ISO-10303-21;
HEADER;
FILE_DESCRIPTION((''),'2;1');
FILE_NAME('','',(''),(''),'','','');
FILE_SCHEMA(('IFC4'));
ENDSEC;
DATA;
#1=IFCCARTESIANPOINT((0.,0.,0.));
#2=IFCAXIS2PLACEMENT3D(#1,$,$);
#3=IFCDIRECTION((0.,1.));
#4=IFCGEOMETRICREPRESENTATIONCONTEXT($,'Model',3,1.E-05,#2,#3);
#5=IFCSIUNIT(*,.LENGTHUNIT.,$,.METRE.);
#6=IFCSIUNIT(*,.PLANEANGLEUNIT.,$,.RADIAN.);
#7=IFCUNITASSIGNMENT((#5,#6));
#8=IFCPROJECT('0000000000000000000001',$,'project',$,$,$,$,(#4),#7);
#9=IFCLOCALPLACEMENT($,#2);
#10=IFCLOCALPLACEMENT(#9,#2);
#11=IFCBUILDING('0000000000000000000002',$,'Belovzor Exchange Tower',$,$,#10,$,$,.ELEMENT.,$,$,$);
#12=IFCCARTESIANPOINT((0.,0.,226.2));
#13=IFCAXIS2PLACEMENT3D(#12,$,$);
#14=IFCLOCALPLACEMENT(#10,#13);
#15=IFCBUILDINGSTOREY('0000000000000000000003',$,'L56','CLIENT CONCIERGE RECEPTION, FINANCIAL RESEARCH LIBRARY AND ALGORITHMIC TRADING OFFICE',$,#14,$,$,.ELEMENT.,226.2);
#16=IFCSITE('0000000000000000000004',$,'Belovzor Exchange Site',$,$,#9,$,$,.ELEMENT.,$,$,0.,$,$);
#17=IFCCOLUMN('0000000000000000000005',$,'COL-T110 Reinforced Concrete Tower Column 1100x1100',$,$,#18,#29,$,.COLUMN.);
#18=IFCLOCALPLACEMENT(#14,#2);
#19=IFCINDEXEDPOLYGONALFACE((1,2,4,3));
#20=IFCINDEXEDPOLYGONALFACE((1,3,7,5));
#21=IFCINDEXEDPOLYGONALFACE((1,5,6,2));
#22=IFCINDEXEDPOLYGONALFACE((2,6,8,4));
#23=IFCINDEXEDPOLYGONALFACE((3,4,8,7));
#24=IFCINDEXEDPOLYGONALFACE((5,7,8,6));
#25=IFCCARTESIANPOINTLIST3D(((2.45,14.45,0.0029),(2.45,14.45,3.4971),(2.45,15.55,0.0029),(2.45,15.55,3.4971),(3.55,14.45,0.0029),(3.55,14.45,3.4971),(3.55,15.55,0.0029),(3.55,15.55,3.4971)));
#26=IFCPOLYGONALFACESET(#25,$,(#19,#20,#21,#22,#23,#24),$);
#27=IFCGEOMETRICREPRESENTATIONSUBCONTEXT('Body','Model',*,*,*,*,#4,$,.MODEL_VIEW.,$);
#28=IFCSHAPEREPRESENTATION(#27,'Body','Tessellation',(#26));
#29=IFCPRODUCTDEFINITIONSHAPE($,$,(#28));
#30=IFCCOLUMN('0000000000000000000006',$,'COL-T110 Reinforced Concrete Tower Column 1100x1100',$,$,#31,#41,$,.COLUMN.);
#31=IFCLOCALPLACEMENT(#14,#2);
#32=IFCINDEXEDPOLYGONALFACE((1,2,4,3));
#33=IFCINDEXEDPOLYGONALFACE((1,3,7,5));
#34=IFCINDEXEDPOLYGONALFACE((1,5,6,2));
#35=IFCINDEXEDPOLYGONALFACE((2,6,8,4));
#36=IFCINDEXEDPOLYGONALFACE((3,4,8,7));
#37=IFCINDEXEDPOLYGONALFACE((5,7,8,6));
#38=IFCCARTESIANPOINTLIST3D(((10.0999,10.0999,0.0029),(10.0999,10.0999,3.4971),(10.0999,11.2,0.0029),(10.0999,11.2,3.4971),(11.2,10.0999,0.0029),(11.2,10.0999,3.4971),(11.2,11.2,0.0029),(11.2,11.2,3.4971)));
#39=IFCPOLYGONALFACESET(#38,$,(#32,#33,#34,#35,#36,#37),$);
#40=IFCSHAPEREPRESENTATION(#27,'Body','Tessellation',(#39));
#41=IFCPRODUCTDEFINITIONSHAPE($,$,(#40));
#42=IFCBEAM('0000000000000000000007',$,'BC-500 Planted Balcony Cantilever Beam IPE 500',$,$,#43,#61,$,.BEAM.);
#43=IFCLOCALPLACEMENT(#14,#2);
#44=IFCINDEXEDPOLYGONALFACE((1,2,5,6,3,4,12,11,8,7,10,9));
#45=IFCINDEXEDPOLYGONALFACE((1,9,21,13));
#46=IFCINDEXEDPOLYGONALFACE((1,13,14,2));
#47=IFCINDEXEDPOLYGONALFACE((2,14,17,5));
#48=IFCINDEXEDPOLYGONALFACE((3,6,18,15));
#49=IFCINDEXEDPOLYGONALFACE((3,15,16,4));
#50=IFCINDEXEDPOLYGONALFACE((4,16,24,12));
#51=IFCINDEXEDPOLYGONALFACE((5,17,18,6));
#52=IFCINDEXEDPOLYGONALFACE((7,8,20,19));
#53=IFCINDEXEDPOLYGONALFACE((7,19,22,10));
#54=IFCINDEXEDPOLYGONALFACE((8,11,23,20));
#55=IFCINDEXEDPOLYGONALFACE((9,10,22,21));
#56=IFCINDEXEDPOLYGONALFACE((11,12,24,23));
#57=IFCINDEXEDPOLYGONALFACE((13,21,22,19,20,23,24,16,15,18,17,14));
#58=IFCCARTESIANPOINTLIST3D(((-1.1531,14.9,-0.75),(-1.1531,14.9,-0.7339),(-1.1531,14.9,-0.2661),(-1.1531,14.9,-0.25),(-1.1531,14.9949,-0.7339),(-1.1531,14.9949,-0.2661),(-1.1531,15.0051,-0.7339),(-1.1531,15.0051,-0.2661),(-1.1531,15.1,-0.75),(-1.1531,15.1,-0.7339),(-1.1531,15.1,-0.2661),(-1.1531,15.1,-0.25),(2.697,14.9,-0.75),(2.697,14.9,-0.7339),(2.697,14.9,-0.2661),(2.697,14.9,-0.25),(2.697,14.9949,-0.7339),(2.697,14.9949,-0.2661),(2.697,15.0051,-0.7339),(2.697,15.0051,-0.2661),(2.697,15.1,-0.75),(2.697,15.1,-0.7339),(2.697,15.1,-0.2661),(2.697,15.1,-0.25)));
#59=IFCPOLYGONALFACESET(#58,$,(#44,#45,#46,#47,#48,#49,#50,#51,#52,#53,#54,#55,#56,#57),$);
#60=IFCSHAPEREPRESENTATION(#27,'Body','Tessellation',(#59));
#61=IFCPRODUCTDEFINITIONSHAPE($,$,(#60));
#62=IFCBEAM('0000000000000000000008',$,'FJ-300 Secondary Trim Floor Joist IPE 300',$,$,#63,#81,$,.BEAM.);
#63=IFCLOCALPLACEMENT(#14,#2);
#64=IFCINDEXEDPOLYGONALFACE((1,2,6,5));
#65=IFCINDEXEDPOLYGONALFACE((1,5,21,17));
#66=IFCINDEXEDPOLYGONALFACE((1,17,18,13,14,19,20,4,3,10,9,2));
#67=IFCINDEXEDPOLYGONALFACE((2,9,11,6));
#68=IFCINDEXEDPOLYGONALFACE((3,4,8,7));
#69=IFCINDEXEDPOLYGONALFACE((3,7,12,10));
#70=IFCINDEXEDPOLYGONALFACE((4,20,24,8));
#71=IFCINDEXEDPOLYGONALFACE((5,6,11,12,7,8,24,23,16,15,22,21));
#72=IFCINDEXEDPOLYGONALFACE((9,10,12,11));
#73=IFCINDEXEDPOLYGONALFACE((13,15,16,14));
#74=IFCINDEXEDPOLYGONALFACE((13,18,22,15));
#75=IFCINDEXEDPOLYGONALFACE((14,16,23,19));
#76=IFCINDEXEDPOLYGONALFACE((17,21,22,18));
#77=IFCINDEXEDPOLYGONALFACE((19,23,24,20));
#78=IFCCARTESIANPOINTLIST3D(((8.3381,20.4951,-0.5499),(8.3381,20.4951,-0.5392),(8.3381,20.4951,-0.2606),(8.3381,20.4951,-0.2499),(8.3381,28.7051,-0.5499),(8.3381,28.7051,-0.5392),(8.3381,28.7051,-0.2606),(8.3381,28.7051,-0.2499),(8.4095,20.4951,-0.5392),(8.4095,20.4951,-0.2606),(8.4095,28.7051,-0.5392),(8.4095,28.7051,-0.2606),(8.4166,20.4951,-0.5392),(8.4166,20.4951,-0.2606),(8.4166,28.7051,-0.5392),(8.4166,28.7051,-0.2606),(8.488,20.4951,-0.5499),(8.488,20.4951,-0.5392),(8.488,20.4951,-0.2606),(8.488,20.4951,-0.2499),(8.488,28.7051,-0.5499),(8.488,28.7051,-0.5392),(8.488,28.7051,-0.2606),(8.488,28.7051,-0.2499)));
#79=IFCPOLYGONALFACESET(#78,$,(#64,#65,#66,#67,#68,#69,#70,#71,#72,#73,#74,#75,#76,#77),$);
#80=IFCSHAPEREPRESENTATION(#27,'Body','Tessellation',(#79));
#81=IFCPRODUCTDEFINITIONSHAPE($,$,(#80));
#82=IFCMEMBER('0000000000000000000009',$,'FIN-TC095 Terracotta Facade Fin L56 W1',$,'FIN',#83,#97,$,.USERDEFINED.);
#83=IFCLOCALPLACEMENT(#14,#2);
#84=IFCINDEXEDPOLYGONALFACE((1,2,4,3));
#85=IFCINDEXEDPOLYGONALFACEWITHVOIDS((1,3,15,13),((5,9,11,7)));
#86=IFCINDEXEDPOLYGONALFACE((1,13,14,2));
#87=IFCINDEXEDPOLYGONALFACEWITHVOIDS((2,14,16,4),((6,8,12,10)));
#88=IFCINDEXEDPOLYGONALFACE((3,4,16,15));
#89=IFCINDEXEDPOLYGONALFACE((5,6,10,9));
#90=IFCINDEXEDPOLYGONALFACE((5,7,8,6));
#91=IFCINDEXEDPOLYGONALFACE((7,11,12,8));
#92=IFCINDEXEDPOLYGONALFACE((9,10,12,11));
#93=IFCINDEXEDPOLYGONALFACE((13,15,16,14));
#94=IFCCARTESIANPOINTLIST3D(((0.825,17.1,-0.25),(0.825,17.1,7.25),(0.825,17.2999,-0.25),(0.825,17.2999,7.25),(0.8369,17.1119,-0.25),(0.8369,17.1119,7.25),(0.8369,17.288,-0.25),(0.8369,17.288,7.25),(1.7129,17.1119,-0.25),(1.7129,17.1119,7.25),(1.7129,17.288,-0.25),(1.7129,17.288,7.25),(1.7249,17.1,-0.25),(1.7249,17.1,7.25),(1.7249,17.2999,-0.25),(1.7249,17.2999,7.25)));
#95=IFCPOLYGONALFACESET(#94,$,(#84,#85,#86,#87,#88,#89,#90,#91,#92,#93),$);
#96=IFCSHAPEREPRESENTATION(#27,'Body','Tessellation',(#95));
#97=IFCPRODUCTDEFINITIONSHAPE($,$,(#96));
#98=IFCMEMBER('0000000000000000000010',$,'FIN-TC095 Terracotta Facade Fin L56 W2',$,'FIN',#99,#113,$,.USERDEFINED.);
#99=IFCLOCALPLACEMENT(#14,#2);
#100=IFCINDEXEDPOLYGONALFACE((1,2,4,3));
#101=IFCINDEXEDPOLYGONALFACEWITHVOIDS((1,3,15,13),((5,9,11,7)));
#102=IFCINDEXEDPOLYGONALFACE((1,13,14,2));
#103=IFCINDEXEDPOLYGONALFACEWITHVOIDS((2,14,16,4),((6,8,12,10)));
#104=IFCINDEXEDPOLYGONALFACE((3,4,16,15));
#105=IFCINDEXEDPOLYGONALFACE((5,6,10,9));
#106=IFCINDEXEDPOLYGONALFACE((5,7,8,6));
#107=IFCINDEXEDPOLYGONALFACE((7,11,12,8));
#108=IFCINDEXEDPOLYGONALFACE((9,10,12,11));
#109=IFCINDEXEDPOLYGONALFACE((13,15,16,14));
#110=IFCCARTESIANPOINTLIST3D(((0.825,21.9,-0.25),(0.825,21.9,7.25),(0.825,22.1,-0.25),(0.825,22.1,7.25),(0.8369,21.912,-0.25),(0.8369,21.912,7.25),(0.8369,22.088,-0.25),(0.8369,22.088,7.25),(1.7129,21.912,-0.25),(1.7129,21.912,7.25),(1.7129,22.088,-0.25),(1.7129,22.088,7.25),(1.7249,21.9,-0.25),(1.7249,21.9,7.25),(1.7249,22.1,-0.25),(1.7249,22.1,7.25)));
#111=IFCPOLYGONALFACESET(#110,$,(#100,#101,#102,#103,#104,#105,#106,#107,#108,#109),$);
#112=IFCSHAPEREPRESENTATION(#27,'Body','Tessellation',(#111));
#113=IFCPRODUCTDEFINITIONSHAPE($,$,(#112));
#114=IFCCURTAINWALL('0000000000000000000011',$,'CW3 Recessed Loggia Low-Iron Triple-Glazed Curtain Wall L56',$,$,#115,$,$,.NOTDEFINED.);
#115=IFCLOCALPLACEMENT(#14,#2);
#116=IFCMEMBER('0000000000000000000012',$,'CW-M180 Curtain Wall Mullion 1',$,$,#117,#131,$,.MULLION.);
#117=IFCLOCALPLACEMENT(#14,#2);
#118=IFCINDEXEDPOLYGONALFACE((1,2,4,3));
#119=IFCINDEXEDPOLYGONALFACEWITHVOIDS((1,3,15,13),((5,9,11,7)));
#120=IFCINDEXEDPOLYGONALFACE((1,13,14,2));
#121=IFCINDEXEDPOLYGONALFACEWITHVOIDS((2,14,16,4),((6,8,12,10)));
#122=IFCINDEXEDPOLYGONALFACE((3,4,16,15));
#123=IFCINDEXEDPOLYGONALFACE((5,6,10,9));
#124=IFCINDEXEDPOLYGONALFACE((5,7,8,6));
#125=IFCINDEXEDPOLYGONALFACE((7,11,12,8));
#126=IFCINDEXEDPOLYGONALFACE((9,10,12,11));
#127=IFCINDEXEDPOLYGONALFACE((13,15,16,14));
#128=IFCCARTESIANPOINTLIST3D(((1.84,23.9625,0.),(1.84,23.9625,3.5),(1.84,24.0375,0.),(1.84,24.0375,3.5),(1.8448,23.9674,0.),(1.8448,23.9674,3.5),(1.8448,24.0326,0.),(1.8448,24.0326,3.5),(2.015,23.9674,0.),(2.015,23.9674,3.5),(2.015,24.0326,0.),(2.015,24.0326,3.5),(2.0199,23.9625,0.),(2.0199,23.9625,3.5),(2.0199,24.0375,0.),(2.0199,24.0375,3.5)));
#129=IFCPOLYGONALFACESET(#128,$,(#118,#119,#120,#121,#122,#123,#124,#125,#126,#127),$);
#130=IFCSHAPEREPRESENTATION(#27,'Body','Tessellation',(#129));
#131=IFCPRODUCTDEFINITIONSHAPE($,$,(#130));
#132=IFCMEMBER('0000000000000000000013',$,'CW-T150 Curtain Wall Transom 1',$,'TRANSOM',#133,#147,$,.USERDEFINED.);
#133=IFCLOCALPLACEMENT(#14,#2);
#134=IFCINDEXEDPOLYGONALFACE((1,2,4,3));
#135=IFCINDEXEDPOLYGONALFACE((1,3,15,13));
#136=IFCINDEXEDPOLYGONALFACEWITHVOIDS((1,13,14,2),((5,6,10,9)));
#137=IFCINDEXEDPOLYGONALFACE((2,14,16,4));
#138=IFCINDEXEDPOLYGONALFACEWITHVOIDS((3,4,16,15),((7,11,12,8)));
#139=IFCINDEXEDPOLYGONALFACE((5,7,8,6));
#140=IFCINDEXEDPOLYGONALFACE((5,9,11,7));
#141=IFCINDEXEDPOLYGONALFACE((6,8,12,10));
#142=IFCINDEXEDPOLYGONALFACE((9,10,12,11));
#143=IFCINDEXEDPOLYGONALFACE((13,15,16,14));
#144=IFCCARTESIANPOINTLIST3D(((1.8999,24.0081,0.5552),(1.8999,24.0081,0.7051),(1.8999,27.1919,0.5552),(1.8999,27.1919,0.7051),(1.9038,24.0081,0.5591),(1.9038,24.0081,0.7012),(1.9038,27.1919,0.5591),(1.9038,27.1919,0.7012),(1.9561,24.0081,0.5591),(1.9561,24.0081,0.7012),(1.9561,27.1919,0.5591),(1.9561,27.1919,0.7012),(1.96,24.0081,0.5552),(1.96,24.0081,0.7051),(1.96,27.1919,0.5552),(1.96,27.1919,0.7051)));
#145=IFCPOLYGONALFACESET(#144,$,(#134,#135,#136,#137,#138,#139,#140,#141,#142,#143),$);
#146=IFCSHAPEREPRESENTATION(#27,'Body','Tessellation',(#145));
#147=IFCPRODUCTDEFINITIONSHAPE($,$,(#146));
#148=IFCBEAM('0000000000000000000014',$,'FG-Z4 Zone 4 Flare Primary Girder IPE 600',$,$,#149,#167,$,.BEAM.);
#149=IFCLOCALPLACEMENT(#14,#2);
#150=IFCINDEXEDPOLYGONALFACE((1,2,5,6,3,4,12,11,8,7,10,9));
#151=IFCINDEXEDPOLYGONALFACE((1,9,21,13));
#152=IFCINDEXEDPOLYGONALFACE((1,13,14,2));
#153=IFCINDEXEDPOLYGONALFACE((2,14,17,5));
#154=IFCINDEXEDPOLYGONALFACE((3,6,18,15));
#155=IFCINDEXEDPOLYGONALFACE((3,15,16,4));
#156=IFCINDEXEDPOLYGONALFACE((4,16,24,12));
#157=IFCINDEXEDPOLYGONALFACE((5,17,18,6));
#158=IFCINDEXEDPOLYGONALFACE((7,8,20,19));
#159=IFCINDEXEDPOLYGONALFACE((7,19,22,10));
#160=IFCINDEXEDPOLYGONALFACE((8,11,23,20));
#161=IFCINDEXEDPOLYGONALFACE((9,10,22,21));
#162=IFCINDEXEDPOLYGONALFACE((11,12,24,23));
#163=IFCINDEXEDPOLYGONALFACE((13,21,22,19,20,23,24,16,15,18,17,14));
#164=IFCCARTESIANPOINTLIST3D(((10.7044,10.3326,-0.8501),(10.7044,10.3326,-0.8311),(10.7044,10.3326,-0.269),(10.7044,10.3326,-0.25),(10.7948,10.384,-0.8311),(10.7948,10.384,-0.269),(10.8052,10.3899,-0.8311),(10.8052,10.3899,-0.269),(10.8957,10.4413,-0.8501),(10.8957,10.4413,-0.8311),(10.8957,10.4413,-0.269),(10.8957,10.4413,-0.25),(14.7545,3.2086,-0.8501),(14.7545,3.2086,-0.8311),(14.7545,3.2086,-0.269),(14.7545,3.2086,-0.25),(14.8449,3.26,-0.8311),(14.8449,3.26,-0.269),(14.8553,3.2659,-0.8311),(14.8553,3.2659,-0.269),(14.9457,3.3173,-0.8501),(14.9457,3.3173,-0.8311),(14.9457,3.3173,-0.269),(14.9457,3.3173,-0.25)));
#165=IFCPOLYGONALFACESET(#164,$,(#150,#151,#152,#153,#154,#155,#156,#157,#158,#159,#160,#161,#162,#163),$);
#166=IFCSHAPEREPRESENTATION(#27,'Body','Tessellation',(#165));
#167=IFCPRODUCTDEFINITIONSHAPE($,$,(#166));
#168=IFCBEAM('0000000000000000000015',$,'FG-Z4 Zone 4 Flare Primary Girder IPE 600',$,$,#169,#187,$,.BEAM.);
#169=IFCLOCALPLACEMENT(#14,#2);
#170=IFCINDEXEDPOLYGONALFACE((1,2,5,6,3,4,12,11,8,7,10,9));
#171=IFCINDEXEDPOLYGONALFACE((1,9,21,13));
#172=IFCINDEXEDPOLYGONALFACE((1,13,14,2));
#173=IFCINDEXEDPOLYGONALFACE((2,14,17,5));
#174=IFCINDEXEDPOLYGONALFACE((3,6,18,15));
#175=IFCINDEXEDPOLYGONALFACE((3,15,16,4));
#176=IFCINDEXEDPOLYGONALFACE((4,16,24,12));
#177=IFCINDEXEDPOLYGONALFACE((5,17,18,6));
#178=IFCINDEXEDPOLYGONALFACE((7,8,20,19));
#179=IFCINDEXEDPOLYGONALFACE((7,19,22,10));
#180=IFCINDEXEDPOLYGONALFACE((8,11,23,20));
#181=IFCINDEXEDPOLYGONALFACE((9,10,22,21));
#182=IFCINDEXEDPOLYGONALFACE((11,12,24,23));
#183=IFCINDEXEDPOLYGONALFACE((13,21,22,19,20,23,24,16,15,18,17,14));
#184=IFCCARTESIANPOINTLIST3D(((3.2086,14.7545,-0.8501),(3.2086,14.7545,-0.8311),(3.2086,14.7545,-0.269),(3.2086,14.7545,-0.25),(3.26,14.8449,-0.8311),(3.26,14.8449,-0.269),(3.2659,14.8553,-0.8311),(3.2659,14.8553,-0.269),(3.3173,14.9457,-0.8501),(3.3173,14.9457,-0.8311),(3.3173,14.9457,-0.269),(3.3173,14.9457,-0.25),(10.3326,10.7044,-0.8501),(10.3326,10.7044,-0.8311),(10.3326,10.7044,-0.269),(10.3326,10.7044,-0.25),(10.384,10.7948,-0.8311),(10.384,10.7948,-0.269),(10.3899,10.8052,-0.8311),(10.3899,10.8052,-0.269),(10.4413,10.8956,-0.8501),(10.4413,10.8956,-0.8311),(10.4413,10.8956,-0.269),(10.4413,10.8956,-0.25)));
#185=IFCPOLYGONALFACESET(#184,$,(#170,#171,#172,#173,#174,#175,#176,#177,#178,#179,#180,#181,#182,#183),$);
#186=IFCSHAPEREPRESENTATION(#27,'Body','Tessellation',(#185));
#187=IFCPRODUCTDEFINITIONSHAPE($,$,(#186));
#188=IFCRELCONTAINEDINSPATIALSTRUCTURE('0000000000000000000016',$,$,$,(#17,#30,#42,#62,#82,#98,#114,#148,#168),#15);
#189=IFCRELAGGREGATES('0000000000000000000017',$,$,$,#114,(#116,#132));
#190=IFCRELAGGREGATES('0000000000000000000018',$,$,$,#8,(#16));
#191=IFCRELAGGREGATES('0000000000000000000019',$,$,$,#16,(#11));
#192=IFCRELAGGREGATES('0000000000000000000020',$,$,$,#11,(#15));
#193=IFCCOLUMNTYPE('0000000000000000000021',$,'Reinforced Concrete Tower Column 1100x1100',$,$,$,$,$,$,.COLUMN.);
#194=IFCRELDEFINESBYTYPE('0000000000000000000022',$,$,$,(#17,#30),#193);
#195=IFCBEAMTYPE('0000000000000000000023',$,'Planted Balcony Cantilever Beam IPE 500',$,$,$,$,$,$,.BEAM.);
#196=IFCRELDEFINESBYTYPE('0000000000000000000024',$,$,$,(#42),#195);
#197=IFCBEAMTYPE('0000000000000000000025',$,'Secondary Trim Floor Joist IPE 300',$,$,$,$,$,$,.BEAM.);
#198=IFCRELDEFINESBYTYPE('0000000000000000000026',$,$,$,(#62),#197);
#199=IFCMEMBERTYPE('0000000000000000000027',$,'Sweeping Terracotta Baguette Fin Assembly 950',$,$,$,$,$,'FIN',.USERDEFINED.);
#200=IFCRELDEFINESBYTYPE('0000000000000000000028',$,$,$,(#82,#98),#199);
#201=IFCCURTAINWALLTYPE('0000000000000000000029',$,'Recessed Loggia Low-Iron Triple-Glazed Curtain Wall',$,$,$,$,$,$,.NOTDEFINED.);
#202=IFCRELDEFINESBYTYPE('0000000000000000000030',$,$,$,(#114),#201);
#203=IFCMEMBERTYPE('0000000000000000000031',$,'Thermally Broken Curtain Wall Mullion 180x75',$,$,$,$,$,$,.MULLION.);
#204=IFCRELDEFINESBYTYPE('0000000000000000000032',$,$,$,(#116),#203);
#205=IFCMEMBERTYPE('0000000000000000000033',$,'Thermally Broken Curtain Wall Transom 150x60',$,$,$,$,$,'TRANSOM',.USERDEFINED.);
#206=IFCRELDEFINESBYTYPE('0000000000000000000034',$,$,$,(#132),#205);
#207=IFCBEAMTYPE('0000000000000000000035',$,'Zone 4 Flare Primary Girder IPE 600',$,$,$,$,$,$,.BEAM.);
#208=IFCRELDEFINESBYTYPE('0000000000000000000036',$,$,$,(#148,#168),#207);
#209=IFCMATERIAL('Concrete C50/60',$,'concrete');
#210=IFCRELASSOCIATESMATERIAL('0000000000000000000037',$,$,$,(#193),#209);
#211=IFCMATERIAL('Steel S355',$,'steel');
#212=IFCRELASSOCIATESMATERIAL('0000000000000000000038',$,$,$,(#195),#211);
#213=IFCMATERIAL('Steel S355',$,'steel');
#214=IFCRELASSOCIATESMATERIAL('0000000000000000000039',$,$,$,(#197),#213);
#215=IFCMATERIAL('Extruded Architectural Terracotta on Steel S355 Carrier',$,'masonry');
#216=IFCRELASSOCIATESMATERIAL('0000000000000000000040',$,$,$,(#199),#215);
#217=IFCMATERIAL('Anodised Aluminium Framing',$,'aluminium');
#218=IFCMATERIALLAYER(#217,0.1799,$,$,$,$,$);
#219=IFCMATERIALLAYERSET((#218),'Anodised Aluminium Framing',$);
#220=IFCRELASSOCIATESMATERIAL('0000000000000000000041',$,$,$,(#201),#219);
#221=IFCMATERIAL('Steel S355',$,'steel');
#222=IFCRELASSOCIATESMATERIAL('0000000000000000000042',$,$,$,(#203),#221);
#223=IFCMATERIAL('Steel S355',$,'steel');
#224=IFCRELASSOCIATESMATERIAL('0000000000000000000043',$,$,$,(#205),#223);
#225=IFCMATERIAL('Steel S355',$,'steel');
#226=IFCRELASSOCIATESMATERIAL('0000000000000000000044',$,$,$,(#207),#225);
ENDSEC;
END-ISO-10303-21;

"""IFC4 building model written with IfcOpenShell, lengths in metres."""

from ifc_helpers import new_model, si_unit, direction, frame, origin, origin_2d, place, context, subcontext, project, spatial, rectangle, hollow_rectangle, i_section, extrude, material, layer, layer_set, material_profile, profile_set, type_object, element, aggregate, save


model = new_model("IFC4")

# Units and contexts
model_context = context("Model", 3, precision=1e-05, world=origin(), true_north=direction((0.0, 1.0)))
body_context = subcontext(model_context, "Body", "Model", "MODEL_VIEW")
ifc_project = project(units=[si_unit("LENGTHUNIT", "METRE"), si_unit("PLANEANGLEUNIT", "RADIAN")], contexts=[model_context])

# Site, building, storey
site_placement = place(None, origin())
site = spatial("IfcSite", under=ifc_project, at=site_placement, Name="Belovzor Exchange Site", CompositionType="ELEMENT", RefElevation=0.0)
building_placement = place(site_placement, origin())
building = spatial("IfcBuilding", under=site, at=building_placement, Name="Belovzor Exchange Tower", CompositionType="ELEMENT")
storey_placement = place(building_placement, frame((0.0, 0.0, 226.2)))
storey = spatial("IfcBuildingStorey", under=building, at=storey_placement, Name="L56", Description="CLIENT CONCIERGE RECEPTION, FINANCIAL RESEARCH LIBRARY AND ALGORITHMIC TRADING OFFICE", CompositionType="ELEMENT", Elevation=226.2)

# Columns
ifc_material_1 = material(Name="Concrete C50/60", Category="concrete")
ifc_material_profile_1 = material_profile(ifc_material_1, rectangle(XDim=1.1001, YDim=1.1001, at=origin_2d()))
ifc_profile_set_1 = profile_set([ifc_material_profile_1], Name="Concrete C50/60")
column_type = type_object("IfcColumnType", Name="Reinforced Concrete Tower Column 1100x1100", PredefinedType="COLUMN", material=ifc_profile_set_1)
for number, where, z_axis, x_axis, name in (
    (1, (3.0, 15.0, 0.0029), (0.0, 0.0, 1.0), (1.0, 0.0, 0.0), "COL-T110 Reinforced Concrete Tower Column 1100x1100"),
    (2, (10.6499, 10.6499, 0.0029), (0.0, 0.0, 1.0), (1.0, 0.0, 0.0), "COL-T110 Reinforced Concrete Tower Column 1100x1100"),
):
    element("IfcColumn", number, at=place(storey_placement, frame(where, z_axis=z_axis, x_axis=x_axis)), inside=storey, type_object=column_type, Name=name, PredefinedType="COLUMN", context=body_context, shape_type="SweptSolid", body=[
        extrude(rectangle(XDim=1.1001, YDim=1.1001, at=origin_2d()), origin(), (0.0, 0.0, 1.0), 3.4941),
    ])

# Beams
ifc_material_2 = material(Name="Steel S355", Category="steel")
ifc_material_profile_2 = material_profile(ifc_material_2, i_section(OverallWidth=0.2, OverallDepth=0.5, WebThickness=0.0103, FlangeThickness=0.0161, at=origin_2d()))
ifc_profile_set_2 = profile_set([ifc_material_profile_2], Name="Steel S355")
beam_type_1 = type_object("IfcBeamType", Name="Planted Balcony Cantilever Beam IPE 500", PredefinedType="BEAM", material=ifc_profile_set_2)
beam_1_placement = place(storey_placement, frame((2.697, 15.0, -0.5), z_axis=(-1.0, 0.0, 0.0), x_axis=(0.0, -1.0, 0.0)))
element("IfcBeam", 3, at=beam_1_placement, inside=storey, type_object=beam_type_1, Name="BC-500 Planted Balcony Cantilever Beam IPE 500", PredefinedType="BEAM", context=body_context, shape_type="SweptSolid", body=[
    extrude(i_section(OverallWidth=0.2, OverallDepth=0.5, WebThickness=0.0103, FlangeThickness=0.0161, at=origin_2d()), origin(), (0.0, 0.0, 1.0), 3.8501),
])
ifc_material_3 = material(Name="Steel S355", Category="steel")
ifc_material_profile_3 = material_profile(ifc_material_3, i_section(OverallWidth=0.1499, OverallDepth=0.3, WebThickness=0.0071, FlangeThickness=0.0107, at=origin_2d()))
ifc_profile_set_3 = profile_set([ifc_material_profile_3], Name="Steel S355")
beam_type_2 = type_object("IfcBeamType", Name="Secondary Trim Floor Joist IPE 300", PredefinedType="BEAM", material=ifc_profile_set_3)
beam_2_placement = place(storey_placement, frame((8.4131, 20.4951, -0.3999), z_axis=(0.0, 1.0, 0.0), x_axis=(-1.0, 0.0, 0.0)))
element("IfcBeam", 4, at=beam_2_placement, inside=storey, type_object=beam_type_2, Name="FJ-300 Secondary Trim Floor Joist IPE 300", PredefinedType="BEAM", context=body_context, shape_type="SweptSolid", body=[
    extrude(i_section(OverallWidth=0.1499, OverallDepth=0.3, WebThickness=0.0071, FlangeThickness=0.0107, at=origin_2d()), origin(), (0.0, 0.0, 1.0), 8.21),
])

# Members
ifc_material_4 = material(Name="Extruded Architectural Terracotta on Steel S355 Carrier", Category="masonry")
ifc_material_profile_4 = material_profile(ifc_material_4, hollow_rectangle(XDim=0.2, YDim=0.8999, WallThickness=0.012, at=origin_2d()))
ifc_profile_set_4 = profile_set([ifc_material_profile_4], Name="Extruded Architectural Terracotta on Steel S355 Carrier")
member_type_1 = type_object("IfcMemberType", Name="Sweeping Terracotta Baguette Fin Assembly 950", ElementType="FIN", PredefinedType="USERDEFINED", material=ifc_profile_set_4)
for number, where, z_axis, x_axis, name in (
    (5, (1.2749, 17.2, -0.25), (0.0, 0.0, 1.0), (0.0, 1.0, 0.0), "FIN-TC095 Terracotta Facade Fin L56 W1"),
    (6, (1.2749, 22.0, -0.25), (0.0, 0.0, 1.0), (0.0, 1.0, 0.0), "FIN-TC095 Terracotta Facade Fin L56 W2"),
):
    element("IfcMember", number, at=place(storey_placement, frame(where, z_axis=z_axis, x_axis=x_axis)), inside=storey, type_object=member_type_1, Name=name, ObjectType="FIN", PredefinedType="USERDEFINED", context=body_context, shape_type="SweptSolid", body=[
        extrude(hollow_rectangle(XDim=0.2, YDim=0.8999, WallThickness=0.012, at=origin_2d()), origin(), (0.0, 0.0, 1.0), 7.5),
    ])

# Curtain wall, members
ifc_material_5 = material(Name="Anodised Aluminium Framing", Category="aluminium")
ifc_layer_1 = layer(ifc_material_5, 0.1799)
ifc_layer_set_1 = layer_set([ifc_layer_1], Name="Anodised Aluminium Framing")
curtain_wall_type = type_object("IfcCurtainWallType", Name="Recessed Loggia Low-Iron Triple-Glazed Curtain Wall", PredefinedType="NOTDEFINED", material=ifc_layer_set_1)
curtain_wall_placement = place(storey_placement, origin())
curtain_wall = element("IfcCurtainWall", 7, at=curtain_wall_placement, inside=storey, type_object=curtain_wall_type, Name="CW3 Recessed Loggia Low-Iron Triple-Glazed Curtain Wall L56", PredefinedType="NOTDEFINED")
ifc_material_6 = material(Name="Steel S355", Category="steel")
ifc_material_profile_5 = material_profile(ifc_material_6, hollow_rectangle(XDim=0.075, YDim=0.1799, WallThickness=0.0049, at=origin_2d()))
ifc_profile_set_5 = profile_set([ifc_material_profile_5], Name="Steel S355")
member_type_2 = type_object("IfcMemberType", Name="Thermally Broken Curtain Wall Mullion 180x75", PredefinedType="MULLION", material=ifc_profile_set_5)
member_1_placement = place(storey_placement, frame((1.9299, 24.0, 0.0), z_axis=(0.0, 0.0, 1.0), x_axis=(0.0, 1.0, 0.0)))
member_1 = element("IfcMember", 8, at=member_1_placement, type_object=member_type_2, Name="CW-M180 Curtain Wall Mullion 1", PredefinedType="MULLION", context=body_context, shape_type="SweptSolid", body=[
    extrude(hollow_rectangle(XDim=0.075, YDim=0.1799, WallThickness=0.0049, at=origin_2d()), origin(), (0.0, 0.0, 1.0), 3.5),
])
ifc_material_7 = material(Name="Steel S355", Category="steel")
ifc_material_profile_6 = material_profile(ifc_material_7, hollow_rectangle(XDim=0.0601, YDim=0.1499, WallThickness=0.0039, at=origin_2d()))
ifc_profile_set_6 = profile_set([ifc_material_profile_6], Name="Steel S355")
member_type_3 = type_object("IfcMemberType", Name="Thermally Broken Curtain Wall Transom 150x60", ElementType="TRANSOM", PredefinedType="USERDEFINED", material=ifc_profile_set_6)
member_2_placement = place(storey_placement, frame((1.9299, 24.0081, 0.6301), z_axis=(0.0, 1.0, 0.0), x_axis=(-1.0, 0.0, 0.0)))
member_2 = element("IfcMember", 9, at=member_2_placement, type_object=member_type_3, Name="CW-T150 Curtain Wall Transom 1", ObjectType="TRANSOM", PredefinedType="USERDEFINED", context=body_context, shape_type="SweptSolid", body=[
    extrude(hollow_rectangle(XDim=0.0601, YDim=0.1499, WallThickness=0.0039, at=origin_2d()), origin(), (0.0, 0.0, 1.0), 3.1838),
])

# Beams
ifc_material_8 = material(Name="Steel S355", Category="steel")
ifc_material_profile_7 = material_profile(ifc_material_8, i_section(OverallWidth=0.22, OverallDepth=0.6001, WebThickness=0.012, FlangeThickness=0.019, at=origin_2d()))
ifc_profile_set_7 = profile_set([ifc_material_profile_7], Name="Steel S355")
beam_type_3 = type_object("IfcBeamType", Name="Zone 4 Flare Primary Girder IPE 600", PredefinedType="BEAM", material=ifc_profile_set_7)
for number, where, z_axis, x_axis, name in (
    (10, (10.8, 10.387, -0.55), (0.494222, -0.869336, 0.0), (0.869336, 0.494222, 0.0), "FG-Z4 Zone 4 Flare Primary Girder IPE 600"),
    (11, (3.2629, 14.8501, -0.55), (0.869336, -0.494222, 0.0), (0.494222, 0.869336, 0.0), "FG-Z4 Zone 4 Flare Primary Girder IPE 600"),
):
    element("IfcBeam", number, at=place(storey_placement, frame(where, z_axis=z_axis, x_axis=x_axis)), inside=storey, type_object=beam_type_3, Name=name, PredefinedType="BEAM", context=body_context, shape_type="SweptSolid", body=[
        extrude(i_section(OverallWidth=0.22, OverallDepth=0.6001, WebThickness=0.012, FlangeThickness=0.019, at=origin_2d()), origin(), (0.0, 0.0, 1.0), 8.1948),
    ])

aggregate(curtain_wall, [member_1, member_2])

save(model, "model.ifc")
